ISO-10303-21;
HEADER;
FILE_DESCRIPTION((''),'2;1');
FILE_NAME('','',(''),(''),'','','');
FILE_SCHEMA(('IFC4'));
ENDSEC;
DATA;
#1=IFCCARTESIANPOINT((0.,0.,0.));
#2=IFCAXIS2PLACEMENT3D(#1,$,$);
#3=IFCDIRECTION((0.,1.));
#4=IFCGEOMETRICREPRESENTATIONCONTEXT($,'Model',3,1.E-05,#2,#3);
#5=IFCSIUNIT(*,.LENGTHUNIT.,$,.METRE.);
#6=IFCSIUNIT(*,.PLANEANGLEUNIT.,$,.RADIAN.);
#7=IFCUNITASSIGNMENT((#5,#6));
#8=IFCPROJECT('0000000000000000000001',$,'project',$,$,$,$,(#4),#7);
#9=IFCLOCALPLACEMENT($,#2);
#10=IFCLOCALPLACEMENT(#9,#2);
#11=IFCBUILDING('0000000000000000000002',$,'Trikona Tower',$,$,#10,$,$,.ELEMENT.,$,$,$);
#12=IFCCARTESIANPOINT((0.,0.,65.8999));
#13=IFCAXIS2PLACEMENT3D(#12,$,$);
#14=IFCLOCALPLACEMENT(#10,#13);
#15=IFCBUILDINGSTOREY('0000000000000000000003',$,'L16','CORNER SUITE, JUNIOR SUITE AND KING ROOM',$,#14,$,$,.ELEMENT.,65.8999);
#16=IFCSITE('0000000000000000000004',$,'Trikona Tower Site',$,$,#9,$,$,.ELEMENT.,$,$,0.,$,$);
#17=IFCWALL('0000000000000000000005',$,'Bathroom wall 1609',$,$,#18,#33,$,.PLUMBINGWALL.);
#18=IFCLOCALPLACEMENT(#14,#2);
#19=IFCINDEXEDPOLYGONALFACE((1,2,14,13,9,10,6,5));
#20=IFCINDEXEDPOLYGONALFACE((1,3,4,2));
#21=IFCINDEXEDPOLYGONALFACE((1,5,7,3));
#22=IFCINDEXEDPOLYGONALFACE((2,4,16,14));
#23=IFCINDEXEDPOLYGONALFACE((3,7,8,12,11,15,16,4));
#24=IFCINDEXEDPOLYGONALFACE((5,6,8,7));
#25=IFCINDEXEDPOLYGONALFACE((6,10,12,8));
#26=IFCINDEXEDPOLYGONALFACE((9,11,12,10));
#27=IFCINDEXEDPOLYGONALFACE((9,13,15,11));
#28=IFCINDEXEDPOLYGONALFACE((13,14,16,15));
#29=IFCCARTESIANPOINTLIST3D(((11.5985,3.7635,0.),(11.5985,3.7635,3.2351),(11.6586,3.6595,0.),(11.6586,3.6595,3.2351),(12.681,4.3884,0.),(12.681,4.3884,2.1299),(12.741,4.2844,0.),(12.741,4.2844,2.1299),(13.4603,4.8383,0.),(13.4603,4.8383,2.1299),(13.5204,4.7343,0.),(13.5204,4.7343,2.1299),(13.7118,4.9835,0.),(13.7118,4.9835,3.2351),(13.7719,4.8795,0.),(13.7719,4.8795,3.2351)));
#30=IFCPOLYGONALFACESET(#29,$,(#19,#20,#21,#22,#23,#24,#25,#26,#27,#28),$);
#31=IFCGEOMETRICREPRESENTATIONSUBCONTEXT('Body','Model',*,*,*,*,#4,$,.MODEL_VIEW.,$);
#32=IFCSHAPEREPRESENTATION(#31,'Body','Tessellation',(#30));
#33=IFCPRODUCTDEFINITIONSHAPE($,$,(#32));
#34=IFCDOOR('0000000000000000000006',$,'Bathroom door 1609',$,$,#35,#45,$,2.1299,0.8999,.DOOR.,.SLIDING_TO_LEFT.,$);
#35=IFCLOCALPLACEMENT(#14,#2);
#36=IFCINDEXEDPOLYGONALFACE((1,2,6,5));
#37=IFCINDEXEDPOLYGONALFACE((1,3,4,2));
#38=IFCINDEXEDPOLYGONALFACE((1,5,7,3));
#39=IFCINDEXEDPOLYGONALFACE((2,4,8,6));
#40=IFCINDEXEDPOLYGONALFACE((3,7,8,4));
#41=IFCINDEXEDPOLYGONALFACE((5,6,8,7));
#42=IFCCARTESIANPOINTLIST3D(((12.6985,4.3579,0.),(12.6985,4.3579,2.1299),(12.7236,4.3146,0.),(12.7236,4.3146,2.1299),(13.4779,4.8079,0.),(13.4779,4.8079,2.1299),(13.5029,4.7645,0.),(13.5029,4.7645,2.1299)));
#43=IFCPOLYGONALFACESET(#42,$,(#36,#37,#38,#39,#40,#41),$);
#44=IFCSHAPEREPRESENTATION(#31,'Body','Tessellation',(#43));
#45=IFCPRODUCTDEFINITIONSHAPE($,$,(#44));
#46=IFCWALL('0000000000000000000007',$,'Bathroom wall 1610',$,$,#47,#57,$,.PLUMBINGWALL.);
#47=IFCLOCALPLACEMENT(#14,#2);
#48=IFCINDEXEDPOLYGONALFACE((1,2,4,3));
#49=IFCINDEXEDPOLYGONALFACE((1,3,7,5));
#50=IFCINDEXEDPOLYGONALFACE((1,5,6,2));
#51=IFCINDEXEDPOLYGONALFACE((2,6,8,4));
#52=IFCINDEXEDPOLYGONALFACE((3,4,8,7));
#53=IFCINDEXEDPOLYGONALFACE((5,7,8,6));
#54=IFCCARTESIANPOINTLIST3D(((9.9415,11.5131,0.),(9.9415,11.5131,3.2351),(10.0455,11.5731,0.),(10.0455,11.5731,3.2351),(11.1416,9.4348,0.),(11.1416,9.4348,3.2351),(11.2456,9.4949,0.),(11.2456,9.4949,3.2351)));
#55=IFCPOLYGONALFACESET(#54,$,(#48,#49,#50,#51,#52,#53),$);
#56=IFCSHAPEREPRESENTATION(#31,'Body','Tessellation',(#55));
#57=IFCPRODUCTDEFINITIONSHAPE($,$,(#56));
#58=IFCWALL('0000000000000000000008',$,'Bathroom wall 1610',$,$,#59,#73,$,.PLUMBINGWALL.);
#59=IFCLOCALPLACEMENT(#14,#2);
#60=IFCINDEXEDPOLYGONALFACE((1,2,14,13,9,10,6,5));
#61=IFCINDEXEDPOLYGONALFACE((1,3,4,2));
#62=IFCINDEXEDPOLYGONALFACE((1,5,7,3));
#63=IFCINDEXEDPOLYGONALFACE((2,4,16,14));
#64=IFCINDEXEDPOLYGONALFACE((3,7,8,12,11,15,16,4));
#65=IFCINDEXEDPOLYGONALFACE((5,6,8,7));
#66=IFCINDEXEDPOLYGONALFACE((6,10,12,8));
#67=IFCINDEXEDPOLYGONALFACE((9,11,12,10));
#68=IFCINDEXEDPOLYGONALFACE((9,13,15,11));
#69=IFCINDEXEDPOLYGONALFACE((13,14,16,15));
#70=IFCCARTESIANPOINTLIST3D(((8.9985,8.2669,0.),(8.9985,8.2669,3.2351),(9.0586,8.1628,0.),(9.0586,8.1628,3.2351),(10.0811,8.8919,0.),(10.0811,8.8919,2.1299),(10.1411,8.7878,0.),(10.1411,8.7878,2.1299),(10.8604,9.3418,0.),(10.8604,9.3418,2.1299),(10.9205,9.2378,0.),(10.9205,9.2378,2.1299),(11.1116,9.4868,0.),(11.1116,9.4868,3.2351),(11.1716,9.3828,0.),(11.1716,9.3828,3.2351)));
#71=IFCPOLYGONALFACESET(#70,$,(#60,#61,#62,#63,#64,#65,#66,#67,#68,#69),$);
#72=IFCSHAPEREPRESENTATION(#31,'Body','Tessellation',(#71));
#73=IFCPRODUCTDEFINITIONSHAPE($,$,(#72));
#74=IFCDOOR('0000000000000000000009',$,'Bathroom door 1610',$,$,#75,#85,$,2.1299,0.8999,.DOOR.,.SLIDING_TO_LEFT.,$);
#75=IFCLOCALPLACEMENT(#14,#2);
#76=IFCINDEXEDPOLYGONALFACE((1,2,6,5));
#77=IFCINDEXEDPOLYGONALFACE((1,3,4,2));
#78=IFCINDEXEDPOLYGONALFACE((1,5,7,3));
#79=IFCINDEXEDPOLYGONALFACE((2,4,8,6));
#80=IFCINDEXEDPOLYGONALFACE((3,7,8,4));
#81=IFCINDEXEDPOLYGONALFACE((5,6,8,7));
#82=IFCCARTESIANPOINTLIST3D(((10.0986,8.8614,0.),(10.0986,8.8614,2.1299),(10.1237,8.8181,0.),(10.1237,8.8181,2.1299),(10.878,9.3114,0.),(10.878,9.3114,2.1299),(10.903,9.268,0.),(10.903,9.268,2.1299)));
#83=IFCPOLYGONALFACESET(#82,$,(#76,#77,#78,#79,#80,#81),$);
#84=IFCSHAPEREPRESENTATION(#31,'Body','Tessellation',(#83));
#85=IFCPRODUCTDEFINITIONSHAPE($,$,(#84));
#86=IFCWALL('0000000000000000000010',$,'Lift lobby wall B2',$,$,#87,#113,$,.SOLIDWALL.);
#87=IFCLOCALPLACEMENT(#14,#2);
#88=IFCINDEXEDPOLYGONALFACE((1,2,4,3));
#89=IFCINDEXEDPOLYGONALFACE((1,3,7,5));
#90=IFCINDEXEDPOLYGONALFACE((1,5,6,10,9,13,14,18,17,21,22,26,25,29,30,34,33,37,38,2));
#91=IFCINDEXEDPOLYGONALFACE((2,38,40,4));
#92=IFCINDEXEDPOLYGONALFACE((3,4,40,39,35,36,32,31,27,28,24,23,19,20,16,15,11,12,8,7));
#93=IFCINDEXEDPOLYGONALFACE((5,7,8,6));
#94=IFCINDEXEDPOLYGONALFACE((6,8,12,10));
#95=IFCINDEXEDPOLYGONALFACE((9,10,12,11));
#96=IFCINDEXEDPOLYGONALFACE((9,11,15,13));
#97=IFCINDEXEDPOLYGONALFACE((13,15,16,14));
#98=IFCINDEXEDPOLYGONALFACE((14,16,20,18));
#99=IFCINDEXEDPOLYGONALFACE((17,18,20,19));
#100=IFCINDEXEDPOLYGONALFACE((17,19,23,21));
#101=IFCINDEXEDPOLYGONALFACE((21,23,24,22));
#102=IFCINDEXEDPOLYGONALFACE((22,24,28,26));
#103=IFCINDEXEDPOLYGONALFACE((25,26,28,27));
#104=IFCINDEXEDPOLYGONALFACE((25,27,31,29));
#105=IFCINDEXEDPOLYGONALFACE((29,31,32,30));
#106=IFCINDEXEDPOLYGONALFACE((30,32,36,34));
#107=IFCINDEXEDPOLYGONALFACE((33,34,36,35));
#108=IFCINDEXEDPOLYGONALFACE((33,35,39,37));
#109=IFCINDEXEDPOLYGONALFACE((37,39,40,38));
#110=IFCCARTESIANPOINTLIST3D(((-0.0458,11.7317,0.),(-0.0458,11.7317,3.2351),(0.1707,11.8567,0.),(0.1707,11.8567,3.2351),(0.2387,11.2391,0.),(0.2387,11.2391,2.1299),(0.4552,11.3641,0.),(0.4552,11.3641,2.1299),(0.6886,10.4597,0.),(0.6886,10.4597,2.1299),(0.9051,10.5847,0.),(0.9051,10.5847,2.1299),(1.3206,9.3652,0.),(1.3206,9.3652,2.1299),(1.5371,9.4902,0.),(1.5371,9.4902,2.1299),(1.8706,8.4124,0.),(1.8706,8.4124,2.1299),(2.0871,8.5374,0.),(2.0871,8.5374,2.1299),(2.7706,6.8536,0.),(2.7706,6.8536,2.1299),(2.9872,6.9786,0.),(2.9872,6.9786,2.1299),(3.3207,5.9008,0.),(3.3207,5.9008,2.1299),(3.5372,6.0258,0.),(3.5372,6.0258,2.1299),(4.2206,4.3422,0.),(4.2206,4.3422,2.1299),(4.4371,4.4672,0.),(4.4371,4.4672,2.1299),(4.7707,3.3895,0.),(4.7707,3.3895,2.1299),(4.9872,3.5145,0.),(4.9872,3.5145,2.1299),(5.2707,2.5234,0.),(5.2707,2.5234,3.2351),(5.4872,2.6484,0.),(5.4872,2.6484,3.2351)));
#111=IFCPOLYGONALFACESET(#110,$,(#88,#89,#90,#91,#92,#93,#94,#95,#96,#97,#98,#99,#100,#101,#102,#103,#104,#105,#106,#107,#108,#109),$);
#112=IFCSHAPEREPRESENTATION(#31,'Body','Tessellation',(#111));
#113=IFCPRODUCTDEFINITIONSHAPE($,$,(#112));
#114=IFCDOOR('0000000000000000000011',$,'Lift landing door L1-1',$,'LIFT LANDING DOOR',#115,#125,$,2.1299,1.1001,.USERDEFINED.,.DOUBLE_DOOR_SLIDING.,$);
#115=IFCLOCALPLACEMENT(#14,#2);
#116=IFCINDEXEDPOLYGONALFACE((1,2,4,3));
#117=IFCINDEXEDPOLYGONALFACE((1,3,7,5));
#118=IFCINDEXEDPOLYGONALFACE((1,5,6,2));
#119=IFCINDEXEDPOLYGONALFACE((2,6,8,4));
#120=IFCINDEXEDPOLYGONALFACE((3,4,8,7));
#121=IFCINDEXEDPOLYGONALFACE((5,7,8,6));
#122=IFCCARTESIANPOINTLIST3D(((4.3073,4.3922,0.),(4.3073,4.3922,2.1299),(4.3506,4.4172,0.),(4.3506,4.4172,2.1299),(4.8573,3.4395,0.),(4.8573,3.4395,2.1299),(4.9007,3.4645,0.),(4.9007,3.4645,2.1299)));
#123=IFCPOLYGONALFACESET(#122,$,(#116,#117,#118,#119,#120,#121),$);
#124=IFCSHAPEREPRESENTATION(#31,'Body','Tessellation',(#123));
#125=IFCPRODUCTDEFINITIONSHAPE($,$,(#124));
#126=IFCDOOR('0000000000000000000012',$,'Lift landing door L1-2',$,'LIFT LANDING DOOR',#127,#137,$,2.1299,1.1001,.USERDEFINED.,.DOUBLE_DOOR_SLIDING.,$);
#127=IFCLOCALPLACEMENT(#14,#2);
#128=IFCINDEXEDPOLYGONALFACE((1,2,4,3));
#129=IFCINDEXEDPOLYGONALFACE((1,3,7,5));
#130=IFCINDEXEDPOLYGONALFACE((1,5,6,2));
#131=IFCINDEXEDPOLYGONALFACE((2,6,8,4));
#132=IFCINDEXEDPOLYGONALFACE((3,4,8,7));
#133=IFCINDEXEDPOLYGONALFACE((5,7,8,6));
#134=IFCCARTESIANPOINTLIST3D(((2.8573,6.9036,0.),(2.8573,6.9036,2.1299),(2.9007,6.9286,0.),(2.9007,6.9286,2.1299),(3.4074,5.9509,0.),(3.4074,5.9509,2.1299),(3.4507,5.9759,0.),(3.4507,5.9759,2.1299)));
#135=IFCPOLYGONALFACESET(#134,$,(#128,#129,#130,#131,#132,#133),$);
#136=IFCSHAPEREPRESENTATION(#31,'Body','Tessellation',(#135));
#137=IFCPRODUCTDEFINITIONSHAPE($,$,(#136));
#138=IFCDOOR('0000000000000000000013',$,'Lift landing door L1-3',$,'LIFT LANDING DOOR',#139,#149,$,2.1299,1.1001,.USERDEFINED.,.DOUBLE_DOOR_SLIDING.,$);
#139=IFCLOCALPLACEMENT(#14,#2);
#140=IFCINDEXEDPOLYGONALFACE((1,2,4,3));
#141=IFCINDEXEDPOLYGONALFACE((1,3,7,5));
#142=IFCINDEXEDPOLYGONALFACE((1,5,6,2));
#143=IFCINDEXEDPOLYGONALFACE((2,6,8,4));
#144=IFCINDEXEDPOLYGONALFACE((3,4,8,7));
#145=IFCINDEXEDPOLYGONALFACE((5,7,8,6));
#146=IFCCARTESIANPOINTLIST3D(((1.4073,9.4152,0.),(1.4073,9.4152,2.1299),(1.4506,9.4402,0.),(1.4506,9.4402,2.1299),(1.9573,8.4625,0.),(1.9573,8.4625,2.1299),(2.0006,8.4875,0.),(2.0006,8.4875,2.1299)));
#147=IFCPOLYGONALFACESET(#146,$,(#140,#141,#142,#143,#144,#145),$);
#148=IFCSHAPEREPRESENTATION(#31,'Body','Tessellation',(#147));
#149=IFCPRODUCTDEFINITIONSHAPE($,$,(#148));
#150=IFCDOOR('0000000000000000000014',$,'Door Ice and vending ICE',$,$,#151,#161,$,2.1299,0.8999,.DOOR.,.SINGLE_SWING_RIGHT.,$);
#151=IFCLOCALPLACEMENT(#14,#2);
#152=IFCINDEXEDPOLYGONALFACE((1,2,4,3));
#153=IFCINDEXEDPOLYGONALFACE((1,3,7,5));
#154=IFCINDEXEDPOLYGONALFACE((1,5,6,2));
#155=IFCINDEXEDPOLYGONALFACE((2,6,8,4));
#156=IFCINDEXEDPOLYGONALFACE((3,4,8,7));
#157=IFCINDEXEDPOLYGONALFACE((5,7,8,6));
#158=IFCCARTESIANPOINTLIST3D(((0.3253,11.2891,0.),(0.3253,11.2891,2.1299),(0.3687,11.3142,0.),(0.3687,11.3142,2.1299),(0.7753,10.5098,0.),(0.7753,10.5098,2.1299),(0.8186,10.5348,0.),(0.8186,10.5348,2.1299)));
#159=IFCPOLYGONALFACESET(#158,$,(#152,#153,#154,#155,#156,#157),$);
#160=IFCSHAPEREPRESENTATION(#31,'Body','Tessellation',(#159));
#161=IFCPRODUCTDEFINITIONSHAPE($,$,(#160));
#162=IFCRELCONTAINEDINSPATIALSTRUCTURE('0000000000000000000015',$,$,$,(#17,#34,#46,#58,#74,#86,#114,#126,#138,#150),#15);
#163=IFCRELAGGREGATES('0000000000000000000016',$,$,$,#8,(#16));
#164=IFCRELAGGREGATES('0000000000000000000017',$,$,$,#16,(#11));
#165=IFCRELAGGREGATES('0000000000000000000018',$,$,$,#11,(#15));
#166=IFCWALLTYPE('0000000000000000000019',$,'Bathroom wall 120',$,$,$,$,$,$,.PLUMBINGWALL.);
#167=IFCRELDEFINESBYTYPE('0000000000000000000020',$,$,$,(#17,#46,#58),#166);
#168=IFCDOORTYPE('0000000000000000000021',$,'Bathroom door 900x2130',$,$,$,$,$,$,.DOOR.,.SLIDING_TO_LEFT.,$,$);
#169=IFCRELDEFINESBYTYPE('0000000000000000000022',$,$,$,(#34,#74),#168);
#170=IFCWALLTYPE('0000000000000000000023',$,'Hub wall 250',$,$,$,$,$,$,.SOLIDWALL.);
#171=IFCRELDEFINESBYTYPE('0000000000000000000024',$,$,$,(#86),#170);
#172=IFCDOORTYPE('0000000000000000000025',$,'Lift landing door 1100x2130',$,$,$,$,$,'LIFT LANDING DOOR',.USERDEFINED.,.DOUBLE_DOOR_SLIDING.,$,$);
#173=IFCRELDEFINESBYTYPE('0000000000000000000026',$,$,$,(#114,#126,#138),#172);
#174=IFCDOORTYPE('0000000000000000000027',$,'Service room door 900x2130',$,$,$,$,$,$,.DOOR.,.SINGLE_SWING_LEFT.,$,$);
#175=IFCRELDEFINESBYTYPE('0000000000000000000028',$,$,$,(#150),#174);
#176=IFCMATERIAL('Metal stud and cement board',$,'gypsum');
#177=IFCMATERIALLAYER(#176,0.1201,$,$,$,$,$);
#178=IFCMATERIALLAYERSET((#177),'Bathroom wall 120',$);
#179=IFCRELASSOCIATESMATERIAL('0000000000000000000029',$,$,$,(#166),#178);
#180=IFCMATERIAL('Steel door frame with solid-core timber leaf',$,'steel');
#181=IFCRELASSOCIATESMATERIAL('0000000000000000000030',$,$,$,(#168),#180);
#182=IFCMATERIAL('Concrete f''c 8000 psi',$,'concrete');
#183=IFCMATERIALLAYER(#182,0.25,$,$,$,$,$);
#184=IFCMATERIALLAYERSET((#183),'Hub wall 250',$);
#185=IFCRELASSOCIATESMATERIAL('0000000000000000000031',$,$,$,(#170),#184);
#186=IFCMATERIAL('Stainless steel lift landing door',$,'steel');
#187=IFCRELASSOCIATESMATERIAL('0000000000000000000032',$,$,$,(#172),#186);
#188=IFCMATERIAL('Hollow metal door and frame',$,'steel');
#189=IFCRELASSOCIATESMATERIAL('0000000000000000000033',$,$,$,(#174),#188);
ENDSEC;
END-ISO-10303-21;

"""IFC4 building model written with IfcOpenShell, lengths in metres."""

from ifc_helpers import new_model, si_unit, direction, frame, frame_2d, origin, place, context, subcontext, project, spatial, rectangle, extrude, material, layer, layer_set, type_object, element, fill, save


model = new_model("IFC4")

# Units and contexts
model_context = context("Model", 3, precision=1e-05, world=origin(), true_north=direction((0.0, 1.0)))
body_context = subcontext(model_context, "Body", "Model", "MODEL_VIEW")
ifc_project = project(units=[si_unit("LENGTHUNIT", "METRE"), si_unit("PLANEANGLEUNIT", "RADIAN")], contexts=[model_context])

# Site, building, storey
site_placement = place(None, origin())
site = spatial("IfcSite", under=ifc_project, at=site_placement, Name="Trikona Tower Site", CompositionType="ELEMENT", RefElevation=0.0)
building_placement = place(site_placement, origin())
building = spatial("IfcBuilding", under=site, at=building_placement, Name="Trikona Tower", CompositionType="ELEMENT")
storey_placement = place(building_placement, frame((0.0, 0.0, 65.8999)))
storey = spatial("IfcBuildingStorey", under=building, at=storey_placement, Name="L16", Description="CORNER SUITE, JUNIOR SUITE AND KING ROOM", CompositionType="ELEMENT", Elevation=65.8999)

# Shared definitions
ifc_material_1 = material(Name="Metal stud and cement board", Category="gypsum")
ifc_layer_1 = layer(ifc_material_1, 0.1201)
ifc_layer_set_1 = layer_set([ifc_layer_1], Name="Bathroom wall 120")
wall_type_1 = type_object("IfcWallType", Name="Bathroom wall 120", PredefinedType="PLUMBINGWALL", material=ifc_layer_set_1)

# Wall, opening, door
wall_1_placement = place(storey_placement, frame((11.6284, 3.7114, 0.0), z_axis=(0.0, 0.0, 1.0), x_axis=(0.866049, 0.499959, 0.0)))
wall_1 = element("IfcWall", 1, at=wall_1_placement, inside=storey, type_object=wall_type_1, Name="Bathroom wall 1609", PredefinedType="PLUMBINGWALL", context=body_context, shape_type="SweptSolid", body=[
    extrude(rectangle(XDim=2.4402, YDim=0.1201, at=frame_2d((1.2202, 0.0))), origin(), (0.0, 0.0, 1.0), 3.2351),
])
opening_1_placement = place(wall_1_placement, frame((1.25, 0.0, 0.0)))
opening_1 = element("IfcOpeningElement", 2, at=opening_1_placement, cuts=wall_1, PredefinedType="OPENING", context=body_context, shape_type="SweptSolid", body=[
    extrude(rectangle(XDim=0.8999, YDim=2.1299, at=frame_2d((0.45, 1.0649))), frame((0.0, 0.0701, 0.0), z_axis=(0.0, -1.0, 0.0), x_axis=(1.0, 0.0, 0.0)), (0.0, 0.0, 1.0), 0.1401),
])
ifc_material_2 = material(Name="Steel door frame with solid-core timber leaf", Category="steel")
door_type_1 = type_object("IfcDoorType", Name="Bathroom door 900x2130", OperationType="SLIDING_TO_LEFT", PredefinedType="DOOR", material=ifc_material_2)
door_1_placement = place(opening_1_placement, origin())
door_1 = element("IfcDoor", 3, at=door_1_placement, inside=storey, type_object=door_type_1, Name="Bathroom door 1609", OperationType="SLIDING_TO_LEFT", OverallHeight=2.1299, OverallWidth=0.8999, PredefinedType="DOOR", context=body_context, shape_type="SweptSolid", body=[
    extrude(rectangle(XDim=0.8999, YDim=2.1299, at=frame_2d((0.45, 1.0649))), frame((0.0, 0.0249, 0.0), z_axis=(0.0, -1.0, 0.0), x_axis=(1.0, 0.0, 0.0)), (0.0, 0.0, 1.0), 0.05),
])
fill(opening_1, door_1)

# Wall
wall_2_placement = place(storey_placement, frame((11.1936, 9.4648, 0.0), z_axis=(0.0, 0.0, 1.0), x_axis=(-0.500078, 0.865981, 0.0)))
element("IfcWall", 4, at=wall_2_placement, inside=storey, type_object=wall_type_1, Name="Bathroom wall 1610", PredefinedType="PLUMBINGWALL", context=body_context, shape_type="SweptSolid", body=[
    extrude(rectangle(XDim=2.3999, YDim=0.1201, at=frame_2d((1.2, 0.0))), origin(), (0.0, 0.0, 1.0), 3.2351),
])

# Wall, opening, door
wall_3_placement = place(storey_placement, frame((9.0286, 8.2148, 0.0), z_axis=(0.0, 0.0, 1.0), x_axis=(0.866024, 0.500003, 0.0)))
wall_3 = element("IfcWall", 5, at=wall_3_placement, inside=storey, type_object=wall_type_1, Name="Bathroom wall 1610", PredefinedType="PLUMBINGWALL", context=body_context, shape_type="SweptSolid", body=[
    extrude(rectangle(XDim=2.4399, YDim=0.1201, at=frame_2d((1.22, 0.0))), origin(), (0.0, 0.0, 1.0), 3.2351),
])
opening_2_placement = place(wall_3_placement, frame((1.25, 0.0, 0.0)))
opening_2 = element("IfcOpeningElement", 6, at=opening_2_placement, cuts=wall_3, PredefinedType="OPENING", context=body_context, shape_type="SweptSolid", body=[
    extrude(rectangle(XDim=0.8999, YDim=2.1299, at=frame_2d((0.45, 1.0649))), frame((0.0, 0.0701, 0.0), z_axis=(0.0, -1.0, 0.0), x_axis=(1.0, 0.0, 0.0)), (0.0, 0.0, 1.0), 0.1401),
])
door_2_placement = place(opening_2_placement, origin())
door_2 = element("IfcDoor", 7, at=door_2_placement, inside=storey, type_object=door_type_1, Name="Bathroom door 1610", OperationType="SLIDING_TO_LEFT", OverallHeight=2.1299, OverallWidth=0.8999, PredefinedType="DOOR", context=body_context, shape_type="SweptSolid", body=[
    extrude(rectangle(XDim=0.8999, YDim=2.1299, at=frame_2d((0.45, 1.0649))), frame((0.0, 0.0249, 0.0), z_axis=(0.0, -1.0, 0.0), x_axis=(1.0, 0.0, 0.0)), (0.0, 0.0, 1.0), 0.05),
])
fill(opening_2, door_2)

# Wall, openings, doors
ifc_material_3 = material(Name="Concrete f'c 8000 psi", Category="concrete")
ifc_layer_2 = layer(ifc_material_3, 0.25)
ifc_layer_set_2 = layer_set([ifc_layer_2], Name="Hub wall 250")
wall_type_2 = type_object("IfcWallType", Name="Hub wall 250", PredefinedType="SOLIDWALL", material=ifc_layer_set_2)
wall_4_placement = place(storey_placement, frame((5.3789, 2.5859, 0.0), z_axis=(0.0, 0.0, 1.0), x_axis=(-0.500001, 0.866025, 0.0)))
wall_4 = element("IfcWall", 8, at=wall_4_placement, inside=storey, type_object=wall_type_2, Name="Lift lobby wall B2", PredefinedType="SOLIDWALL", context=body_context, shape_type="SweptSolid", body=[
    extrude(rectangle(XDim=10.6328, YDim=0.25, at=frame_2d((5.3164, 0.0))), origin(), (0.0, 0.0, 1.0), 3.2351),
])
opening_3_placement = place(wall_4_placement, frame((9.1641, 0.0, 0.0)))
opening_3 = element("IfcOpeningElement", 9, at=opening_3_placement, cuts=wall_4, PredefinedType="OPENING", context=body_context, shape_type="SweptSolid", body=[
    extrude(rectangle(XDim=0.8999, YDim=2.1299, at=frame_2d((0.45, 1.0649))), frame((0.0, 0.135, 0.0), z_axis=(0.0, -1.0, 0.0), x_axis=(1.0, 0.0, 0.0)), (0.0, 0.0, 1.0), 0.27),
])
opening_4_placement = place(wall_4_placement, frame((1.0, 0.0, 0.0)))
opening_4 = element("IfcOpeningElement", 10, at=opening_4_placement, cuts=wall_4, PredefinedType="OPENING", context=body_context, shape_type="SweptSolid", body=[
    extrude(rectangle(XDim=1.1001, YDim=2.1299, at=frame_2d((0.55, 1.0649))), frame((0.0, 0.135, 0.0), z_axis=(0.0, -1.0, 0.0), x_axis=(1.0, 0.0, 0.0)), (0.0, 0.0, 1.0), 0.27),
])
opening_5_placement = place(wall_4_placement, frame((3.8999, 0.0, 0.0)))
opening_5 = element("IfcOpeningElement", 11, at=opening_5_placement, cuts=wall_4, PredefinedType="OPENING", context=body_context, shape_type="SweptSolid", body=[
    extrude(rectangle(XDim=1.1001, YDim=2.1299, at=frame_2d((0.55, 1.0649))), frame((0.0, 0.135, 0.0), z_axis=(0.0, -1.0, 0.0), x_axis=(1.0, 0.0, 0.0)), (0.0, 0.0, 1.0), 0.27),
])
opening_6_placement = place(wall_4_placement, frame((6.8, 0.0, 0.0)))
opening_6 = element("IfcOpeningElement", 12, at=opening_6_placement, cuts=wall_4, PredefinedType="OPENING", context=body_context, shape_type="SweptSolid", body=[
    extrude(rectangle(XDim=1.1001, YDim=2.1299, at=frame_2d((0.55, 1.0649))), frame((0.0, 0.135, 0.0), z_axis=(0.0, -1.0, 0.0), x_axis=(1.0, 0.0, 0.0)), (0.0, 0.0, 1.0), 0.27),
])
ifc_material_4 = material(Name="Stainless steel lift landing door", Category="steel")
door_type_2 = type_object("IfcDoorType", Name="Lift landing door 1100x2130", ElementType="LIFT LANDING DOOR", OperationType="DOUBLE_DOOR_SLIDING", PredefinedType="USERDEFINED", material=ifc_material_4)
door_3_placement = place(opening_4_placement, origin())
door_3 = element("IfcDoor", 13, at=door_3_placement, inside=storey, type_object=door_type_2, Name="Lift landing door L1-1", ObjectType="LIFT LANDING DOOR", OperationType="DOUBLE_DOOR_SLIDING", OverallHeight=2.1299, OverallWidth=1.1001, PredefinedType="USERDEFINED", context=body_context, shape_type="SweptSolid", body=[
    extrude(rectangle(XDim=1.1001, YDim=2.1299, at=frame_2d((0.55, 1.0649))), frame((0.0, 0.0249, 0.0), z_axis=(0.0, -1.0, 0.0), x_axis=(1.0, 0.0, 0.0)), (0.0, 0.0, 1.0), 0.05),
])
fill(opening_4, door_3)
door_4_placement = place(opening_5_placement, origin())
door_4 = element("IfcDoor", 14, at=door_4_placement, inside=storey, type_object=door_type_2, Name="Lift landing door L1-2", ObjectType="LIFT LANDING DOOR", OperationType="DOUBLE_DOOR_SLIDING", OverallHeight=2.1299, OverallWidth=1.1001, PredefinedType="USERDEFINED", context=body_context, shape_type="SweptSolid", body=[
    extrude(rectangle(XDim=1.1001, YDim=2.1299, at=frame_2d((0.55, 1.0649))), frame((0.0, 0.0249, 0.0), z_axis=(0.0, -1.0, 0.0), x_axis=(1.0, 0.0, 0.0)), (0.0, 0.0, 1.0), 0.05),
])
fill(opening_5, door_4)
door_5_placement = place(opening_6_placement, origin())
door_5 = element("IfcDoor", 15, at=door_5_placement, inside=storey, type_object=door_type_2, Name="Lift landing door L1-3", ObjectType="LIFT LANDING DOOR", OperationType="DOUBLE_DOOR_SLIDING", OverallHeight=2.1299, OverallWidth=1.1001, PredefinedType="USERDEFINED", context=body_context, shape_type="SweptSolid", body=[
    extrude(rectangle(XDim=1.1001, YDim=2.1299, at=frame_2d((0.55, 1.0649))), frame((0.0, 0.0249, 0.0), z_axis=(0.0, -1.0, 0.0), x_axis=(1.0, 0.0, 0.0)), (0.0, 0.0, 1.0), 0.05),
])
fill(opening_6, door_5)
ifc_material_5 = material(Name="Hollow metal door and frame", Category="steel")
door_type_3 = type_object("IfcDoorType", Name="Service room door 900x2130", OperationType="SINGLE_SWING_LEFT", PredefinedType="DOOR", material=ifc_material_5)
door_6_placement = place(opening_3_placement, origin())
door_6 = element("IfcDoor", 16, at=door_6_placement, inside=storey, type_object=door_type_3, Name="Door Ice and vending ICE", OperationType="SINGLE_SWING_RIGHT", OverallHeight=2.1299, OverallWidth=0.8999, PredefinedType="DOOR", context=body_context, shape_type="SweptSolid", body=[
    extrude(rectangle(XDim=0.8999, YDim=2.1299, at=frame_2d((0.45, 1.0649))), frame((0.0, 0.0249, 0.0), z_axis=(0.0, -1.0, 0.0), x_axis=(1.0, 0.0, 0.0)), (0.0, 0.0, 1.0), 0.05),
])
fill(opening_3, door_6)

save(model, "model.ifc")
